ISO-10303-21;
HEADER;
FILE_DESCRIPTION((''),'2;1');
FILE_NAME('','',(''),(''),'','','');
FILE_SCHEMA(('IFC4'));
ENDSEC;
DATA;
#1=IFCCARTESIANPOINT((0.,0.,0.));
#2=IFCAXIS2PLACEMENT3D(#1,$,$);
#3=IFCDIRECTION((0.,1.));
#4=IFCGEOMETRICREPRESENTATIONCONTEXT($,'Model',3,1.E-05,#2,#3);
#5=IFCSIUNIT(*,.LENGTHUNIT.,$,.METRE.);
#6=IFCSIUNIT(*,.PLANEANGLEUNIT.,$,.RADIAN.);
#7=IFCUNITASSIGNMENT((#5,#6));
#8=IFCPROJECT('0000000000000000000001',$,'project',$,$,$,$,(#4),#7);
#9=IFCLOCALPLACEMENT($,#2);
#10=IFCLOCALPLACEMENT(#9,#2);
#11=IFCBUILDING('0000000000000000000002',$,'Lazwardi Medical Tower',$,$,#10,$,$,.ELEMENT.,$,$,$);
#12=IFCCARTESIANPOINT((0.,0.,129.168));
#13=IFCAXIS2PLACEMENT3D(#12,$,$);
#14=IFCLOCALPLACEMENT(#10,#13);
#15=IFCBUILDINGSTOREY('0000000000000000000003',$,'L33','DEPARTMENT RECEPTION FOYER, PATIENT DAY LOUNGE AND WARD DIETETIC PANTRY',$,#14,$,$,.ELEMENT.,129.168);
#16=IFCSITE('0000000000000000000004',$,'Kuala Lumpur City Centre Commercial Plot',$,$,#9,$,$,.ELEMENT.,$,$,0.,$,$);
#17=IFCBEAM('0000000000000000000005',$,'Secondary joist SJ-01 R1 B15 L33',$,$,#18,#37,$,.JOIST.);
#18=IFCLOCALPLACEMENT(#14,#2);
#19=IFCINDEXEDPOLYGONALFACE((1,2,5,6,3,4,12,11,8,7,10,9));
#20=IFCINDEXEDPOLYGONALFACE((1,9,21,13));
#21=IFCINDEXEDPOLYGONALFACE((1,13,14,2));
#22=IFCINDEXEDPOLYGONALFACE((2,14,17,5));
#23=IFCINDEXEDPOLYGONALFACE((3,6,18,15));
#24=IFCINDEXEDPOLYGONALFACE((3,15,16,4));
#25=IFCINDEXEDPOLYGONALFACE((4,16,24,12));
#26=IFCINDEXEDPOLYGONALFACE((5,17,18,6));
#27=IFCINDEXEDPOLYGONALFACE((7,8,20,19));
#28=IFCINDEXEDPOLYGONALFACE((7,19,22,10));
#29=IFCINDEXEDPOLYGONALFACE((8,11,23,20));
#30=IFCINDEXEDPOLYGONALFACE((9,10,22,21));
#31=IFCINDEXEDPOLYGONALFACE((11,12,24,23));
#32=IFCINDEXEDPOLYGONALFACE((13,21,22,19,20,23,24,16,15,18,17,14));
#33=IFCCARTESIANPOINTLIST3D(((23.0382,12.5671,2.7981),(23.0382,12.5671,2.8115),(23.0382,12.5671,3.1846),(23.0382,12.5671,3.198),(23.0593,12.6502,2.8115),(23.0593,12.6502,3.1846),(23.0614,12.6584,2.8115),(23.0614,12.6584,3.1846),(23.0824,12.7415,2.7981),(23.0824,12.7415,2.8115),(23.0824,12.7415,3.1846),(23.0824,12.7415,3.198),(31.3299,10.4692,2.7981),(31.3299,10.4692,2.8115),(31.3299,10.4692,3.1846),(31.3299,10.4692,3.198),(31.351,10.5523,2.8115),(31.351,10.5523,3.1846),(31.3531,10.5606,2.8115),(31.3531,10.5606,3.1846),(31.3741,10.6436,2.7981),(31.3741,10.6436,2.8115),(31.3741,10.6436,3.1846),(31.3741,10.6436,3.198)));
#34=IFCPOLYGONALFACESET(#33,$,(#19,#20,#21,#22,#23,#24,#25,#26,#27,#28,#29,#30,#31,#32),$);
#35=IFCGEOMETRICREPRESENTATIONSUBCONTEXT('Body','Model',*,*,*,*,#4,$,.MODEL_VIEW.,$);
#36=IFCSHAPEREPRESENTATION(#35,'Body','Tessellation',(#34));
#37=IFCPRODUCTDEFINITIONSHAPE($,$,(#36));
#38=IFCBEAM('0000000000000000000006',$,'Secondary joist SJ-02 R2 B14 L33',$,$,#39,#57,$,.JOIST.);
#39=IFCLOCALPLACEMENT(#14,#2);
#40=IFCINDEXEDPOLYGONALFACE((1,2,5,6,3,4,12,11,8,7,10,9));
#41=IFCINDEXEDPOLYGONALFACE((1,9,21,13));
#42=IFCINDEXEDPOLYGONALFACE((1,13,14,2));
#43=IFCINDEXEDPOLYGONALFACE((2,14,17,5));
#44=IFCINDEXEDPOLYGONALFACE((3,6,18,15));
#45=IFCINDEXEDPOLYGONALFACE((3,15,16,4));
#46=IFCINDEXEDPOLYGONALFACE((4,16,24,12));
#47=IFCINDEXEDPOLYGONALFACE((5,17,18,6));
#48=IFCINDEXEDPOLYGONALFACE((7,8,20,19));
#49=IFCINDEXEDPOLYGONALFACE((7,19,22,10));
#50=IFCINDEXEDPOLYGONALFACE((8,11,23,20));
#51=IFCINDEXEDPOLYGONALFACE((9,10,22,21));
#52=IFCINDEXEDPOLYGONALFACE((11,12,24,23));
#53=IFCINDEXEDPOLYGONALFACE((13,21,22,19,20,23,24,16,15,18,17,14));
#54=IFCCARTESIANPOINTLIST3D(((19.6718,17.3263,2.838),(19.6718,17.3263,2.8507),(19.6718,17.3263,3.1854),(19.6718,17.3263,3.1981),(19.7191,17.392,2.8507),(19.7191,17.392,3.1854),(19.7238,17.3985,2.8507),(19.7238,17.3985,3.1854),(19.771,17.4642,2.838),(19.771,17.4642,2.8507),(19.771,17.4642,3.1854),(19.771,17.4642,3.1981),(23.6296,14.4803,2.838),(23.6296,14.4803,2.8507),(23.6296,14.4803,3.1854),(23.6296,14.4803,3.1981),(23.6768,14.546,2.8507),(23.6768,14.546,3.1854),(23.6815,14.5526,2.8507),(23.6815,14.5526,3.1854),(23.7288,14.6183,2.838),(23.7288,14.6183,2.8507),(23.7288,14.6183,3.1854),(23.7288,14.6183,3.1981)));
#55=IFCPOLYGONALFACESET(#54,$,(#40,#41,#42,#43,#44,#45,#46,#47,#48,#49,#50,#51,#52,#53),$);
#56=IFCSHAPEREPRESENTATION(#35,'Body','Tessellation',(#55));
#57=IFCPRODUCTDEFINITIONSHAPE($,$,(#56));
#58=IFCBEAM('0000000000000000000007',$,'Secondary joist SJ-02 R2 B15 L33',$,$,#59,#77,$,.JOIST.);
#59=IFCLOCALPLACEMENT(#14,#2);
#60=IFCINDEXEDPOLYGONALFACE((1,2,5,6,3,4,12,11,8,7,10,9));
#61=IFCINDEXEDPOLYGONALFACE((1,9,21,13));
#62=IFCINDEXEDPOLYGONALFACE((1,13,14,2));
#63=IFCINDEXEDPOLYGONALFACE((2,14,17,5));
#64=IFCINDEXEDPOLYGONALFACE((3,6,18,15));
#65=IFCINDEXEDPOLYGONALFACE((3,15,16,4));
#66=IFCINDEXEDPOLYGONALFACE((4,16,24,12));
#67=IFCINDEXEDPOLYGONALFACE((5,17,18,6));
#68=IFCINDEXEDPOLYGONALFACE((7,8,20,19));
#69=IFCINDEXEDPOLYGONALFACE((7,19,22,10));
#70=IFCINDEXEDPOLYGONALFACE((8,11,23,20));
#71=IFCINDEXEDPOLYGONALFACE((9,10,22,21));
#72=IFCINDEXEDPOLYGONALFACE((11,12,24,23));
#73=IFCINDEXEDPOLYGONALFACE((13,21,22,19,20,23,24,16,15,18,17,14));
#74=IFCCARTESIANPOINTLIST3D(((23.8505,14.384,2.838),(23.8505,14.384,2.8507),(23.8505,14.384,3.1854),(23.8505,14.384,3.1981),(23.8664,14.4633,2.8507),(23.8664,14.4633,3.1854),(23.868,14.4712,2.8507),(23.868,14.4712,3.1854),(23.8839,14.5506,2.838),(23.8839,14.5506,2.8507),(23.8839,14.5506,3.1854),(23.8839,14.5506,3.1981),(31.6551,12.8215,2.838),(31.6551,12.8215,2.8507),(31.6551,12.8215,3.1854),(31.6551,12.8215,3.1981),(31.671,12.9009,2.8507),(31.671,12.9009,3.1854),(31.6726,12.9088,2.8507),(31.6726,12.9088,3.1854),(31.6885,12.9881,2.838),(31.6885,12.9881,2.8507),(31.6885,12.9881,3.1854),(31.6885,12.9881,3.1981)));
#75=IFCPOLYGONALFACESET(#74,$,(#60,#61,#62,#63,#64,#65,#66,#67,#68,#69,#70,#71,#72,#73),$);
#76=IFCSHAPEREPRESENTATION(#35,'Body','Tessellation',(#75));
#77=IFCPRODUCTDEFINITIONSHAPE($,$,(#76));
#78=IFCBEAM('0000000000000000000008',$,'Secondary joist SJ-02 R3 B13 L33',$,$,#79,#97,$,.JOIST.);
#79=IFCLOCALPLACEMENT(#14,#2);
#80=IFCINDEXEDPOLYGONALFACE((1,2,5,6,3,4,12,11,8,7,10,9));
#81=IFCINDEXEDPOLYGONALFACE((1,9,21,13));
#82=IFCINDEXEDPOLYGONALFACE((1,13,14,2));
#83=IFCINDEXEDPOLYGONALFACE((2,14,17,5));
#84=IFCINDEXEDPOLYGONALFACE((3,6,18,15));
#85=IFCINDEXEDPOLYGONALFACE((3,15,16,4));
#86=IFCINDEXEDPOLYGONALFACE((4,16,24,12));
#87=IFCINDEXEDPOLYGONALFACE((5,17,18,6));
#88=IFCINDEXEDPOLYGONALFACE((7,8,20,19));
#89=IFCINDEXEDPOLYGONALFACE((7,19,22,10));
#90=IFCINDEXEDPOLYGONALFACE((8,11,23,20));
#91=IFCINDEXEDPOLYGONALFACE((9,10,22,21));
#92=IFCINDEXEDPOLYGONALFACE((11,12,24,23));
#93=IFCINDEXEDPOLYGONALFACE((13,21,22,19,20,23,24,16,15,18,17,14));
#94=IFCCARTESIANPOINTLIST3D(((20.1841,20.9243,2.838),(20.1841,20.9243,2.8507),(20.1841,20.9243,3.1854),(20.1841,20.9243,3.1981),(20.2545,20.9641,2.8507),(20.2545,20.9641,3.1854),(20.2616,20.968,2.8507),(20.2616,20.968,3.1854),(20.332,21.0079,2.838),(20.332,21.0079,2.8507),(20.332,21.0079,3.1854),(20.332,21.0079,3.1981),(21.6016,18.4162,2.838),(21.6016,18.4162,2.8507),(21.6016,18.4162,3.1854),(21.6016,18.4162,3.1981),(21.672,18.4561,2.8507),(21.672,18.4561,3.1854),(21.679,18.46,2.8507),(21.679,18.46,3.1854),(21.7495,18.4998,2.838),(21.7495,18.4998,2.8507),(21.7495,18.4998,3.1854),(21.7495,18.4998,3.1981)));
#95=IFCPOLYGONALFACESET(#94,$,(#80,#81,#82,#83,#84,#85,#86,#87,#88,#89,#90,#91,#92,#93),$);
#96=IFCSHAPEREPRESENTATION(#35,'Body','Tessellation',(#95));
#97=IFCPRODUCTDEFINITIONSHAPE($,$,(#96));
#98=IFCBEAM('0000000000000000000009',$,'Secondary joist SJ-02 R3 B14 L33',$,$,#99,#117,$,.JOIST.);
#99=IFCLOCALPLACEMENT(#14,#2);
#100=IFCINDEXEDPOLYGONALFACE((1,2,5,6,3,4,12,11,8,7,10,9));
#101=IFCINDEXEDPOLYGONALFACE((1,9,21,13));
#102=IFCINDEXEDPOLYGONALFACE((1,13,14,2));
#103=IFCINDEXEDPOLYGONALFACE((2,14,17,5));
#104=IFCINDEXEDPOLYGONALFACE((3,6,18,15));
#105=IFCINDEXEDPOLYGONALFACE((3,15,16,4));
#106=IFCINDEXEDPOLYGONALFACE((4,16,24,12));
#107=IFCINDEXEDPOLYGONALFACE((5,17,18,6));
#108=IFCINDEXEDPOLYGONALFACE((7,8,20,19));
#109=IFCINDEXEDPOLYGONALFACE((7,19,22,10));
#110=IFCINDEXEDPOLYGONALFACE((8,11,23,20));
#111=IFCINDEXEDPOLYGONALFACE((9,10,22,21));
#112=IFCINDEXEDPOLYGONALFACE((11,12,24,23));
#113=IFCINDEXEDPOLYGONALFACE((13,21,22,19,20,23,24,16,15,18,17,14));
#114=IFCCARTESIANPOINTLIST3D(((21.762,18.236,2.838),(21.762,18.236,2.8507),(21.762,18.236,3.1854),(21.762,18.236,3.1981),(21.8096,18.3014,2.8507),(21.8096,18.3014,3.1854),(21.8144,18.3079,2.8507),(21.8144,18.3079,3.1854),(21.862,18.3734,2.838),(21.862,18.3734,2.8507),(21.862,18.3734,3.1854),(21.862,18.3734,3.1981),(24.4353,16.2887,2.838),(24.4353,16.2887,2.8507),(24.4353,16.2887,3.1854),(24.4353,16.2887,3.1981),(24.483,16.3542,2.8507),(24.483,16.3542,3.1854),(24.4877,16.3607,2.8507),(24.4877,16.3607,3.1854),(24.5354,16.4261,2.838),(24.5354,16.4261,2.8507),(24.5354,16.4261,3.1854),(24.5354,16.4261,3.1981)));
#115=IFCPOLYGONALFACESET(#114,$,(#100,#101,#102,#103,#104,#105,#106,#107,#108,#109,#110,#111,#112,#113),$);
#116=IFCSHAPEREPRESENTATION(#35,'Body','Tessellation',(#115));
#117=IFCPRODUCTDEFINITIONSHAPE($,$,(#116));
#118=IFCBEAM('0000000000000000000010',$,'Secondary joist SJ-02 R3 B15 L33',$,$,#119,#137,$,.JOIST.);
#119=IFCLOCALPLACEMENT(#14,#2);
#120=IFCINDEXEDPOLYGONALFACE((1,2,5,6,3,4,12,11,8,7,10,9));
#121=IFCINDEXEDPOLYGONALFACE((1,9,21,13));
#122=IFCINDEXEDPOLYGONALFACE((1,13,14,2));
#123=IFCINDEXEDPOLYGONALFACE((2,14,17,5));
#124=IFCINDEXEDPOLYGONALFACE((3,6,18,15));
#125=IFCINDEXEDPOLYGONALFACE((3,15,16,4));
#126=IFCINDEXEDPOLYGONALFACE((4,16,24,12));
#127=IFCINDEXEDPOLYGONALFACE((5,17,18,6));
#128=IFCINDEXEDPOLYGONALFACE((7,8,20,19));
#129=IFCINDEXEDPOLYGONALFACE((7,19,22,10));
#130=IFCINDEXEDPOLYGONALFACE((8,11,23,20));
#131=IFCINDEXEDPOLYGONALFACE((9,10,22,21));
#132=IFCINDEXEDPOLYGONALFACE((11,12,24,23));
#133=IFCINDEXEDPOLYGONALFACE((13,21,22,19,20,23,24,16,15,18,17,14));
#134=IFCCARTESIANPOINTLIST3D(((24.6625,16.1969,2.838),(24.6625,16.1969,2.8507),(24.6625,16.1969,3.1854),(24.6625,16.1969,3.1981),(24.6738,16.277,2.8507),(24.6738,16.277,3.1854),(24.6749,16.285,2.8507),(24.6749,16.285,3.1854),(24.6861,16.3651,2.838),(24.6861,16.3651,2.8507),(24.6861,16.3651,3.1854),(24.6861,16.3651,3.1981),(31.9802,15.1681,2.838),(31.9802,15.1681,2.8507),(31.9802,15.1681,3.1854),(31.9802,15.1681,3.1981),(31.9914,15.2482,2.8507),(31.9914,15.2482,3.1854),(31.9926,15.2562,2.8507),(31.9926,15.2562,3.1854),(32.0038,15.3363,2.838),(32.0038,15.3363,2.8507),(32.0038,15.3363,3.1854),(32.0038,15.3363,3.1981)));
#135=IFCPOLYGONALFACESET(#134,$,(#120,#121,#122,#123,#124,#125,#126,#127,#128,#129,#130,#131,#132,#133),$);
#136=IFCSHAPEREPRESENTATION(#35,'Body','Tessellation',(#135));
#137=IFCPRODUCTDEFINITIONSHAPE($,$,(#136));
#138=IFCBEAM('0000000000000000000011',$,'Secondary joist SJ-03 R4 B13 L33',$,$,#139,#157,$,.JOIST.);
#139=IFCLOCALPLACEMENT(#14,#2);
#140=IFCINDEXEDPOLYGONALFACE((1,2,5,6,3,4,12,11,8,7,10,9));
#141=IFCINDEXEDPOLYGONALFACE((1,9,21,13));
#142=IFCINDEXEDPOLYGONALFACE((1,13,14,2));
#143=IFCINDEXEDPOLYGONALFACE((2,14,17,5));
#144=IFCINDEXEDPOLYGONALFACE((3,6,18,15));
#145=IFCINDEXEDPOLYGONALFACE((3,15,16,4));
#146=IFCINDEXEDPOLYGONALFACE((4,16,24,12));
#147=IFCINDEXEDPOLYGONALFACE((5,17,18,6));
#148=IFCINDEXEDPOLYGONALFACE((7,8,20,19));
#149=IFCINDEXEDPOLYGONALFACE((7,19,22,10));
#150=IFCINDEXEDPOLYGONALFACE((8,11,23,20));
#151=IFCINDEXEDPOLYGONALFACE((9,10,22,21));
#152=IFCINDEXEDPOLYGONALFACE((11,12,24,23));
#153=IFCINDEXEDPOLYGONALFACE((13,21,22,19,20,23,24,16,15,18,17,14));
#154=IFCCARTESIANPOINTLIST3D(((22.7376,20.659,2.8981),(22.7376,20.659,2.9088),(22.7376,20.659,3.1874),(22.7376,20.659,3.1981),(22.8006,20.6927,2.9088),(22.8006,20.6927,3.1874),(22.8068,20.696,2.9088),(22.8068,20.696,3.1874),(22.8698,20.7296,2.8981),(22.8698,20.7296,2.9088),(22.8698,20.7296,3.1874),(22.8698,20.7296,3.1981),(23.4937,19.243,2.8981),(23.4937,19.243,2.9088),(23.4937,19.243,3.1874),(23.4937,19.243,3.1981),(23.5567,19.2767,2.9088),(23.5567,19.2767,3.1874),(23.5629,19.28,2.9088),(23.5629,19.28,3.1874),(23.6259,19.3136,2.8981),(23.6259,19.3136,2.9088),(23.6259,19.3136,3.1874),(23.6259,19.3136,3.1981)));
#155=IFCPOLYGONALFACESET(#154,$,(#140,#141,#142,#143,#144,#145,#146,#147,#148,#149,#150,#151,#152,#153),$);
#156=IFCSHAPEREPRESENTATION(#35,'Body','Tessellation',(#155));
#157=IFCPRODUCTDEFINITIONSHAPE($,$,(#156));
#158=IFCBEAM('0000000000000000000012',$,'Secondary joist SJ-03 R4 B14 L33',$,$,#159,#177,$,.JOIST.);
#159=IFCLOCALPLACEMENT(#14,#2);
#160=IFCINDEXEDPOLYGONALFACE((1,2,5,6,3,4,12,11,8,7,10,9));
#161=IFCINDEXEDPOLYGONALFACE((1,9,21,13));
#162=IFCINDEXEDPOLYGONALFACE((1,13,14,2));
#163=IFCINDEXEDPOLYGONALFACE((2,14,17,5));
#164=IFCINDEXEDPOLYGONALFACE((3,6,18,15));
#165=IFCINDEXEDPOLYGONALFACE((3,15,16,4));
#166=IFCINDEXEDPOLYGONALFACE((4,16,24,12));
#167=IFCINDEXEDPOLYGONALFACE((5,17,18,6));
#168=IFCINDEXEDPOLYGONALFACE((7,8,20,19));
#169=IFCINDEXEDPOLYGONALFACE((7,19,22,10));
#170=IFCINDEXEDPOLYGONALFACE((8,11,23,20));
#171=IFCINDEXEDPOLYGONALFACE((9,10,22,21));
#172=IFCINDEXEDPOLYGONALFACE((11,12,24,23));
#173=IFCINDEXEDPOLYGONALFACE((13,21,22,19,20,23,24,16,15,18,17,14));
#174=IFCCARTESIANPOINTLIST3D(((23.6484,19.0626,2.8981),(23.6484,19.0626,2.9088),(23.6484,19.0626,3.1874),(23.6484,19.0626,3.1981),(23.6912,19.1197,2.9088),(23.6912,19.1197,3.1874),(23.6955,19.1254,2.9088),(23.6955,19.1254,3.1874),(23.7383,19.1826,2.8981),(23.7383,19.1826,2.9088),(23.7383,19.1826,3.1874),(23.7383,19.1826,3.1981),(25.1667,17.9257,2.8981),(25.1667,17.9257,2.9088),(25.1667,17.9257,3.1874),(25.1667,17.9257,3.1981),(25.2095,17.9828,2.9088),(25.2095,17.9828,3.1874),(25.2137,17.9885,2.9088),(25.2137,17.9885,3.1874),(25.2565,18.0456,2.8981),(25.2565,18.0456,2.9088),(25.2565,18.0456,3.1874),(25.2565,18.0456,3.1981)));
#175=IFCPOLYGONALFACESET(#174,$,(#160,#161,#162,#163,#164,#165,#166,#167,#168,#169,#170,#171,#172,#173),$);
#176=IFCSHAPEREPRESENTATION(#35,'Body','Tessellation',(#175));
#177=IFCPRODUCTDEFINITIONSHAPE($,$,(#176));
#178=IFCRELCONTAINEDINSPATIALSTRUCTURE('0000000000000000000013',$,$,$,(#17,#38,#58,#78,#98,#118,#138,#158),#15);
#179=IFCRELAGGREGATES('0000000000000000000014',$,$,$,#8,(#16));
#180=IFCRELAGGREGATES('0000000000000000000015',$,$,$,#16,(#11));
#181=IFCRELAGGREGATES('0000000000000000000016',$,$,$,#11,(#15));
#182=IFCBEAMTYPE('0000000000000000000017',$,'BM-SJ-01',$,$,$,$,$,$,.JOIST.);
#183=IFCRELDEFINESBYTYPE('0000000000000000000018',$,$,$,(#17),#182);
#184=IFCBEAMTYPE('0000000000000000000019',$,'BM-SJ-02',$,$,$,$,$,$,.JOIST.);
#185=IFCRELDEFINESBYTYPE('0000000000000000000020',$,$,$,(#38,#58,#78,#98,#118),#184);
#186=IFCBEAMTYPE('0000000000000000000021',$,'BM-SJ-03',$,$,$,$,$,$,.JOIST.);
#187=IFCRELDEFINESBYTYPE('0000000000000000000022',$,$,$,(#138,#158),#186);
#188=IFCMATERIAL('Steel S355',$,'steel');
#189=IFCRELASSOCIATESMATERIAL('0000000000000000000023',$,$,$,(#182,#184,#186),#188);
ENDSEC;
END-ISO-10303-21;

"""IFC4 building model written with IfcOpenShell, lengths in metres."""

from ifc_helpers import new_model, si_unit, direction, frame, origin, origin_2d, place, context, subcontext, project, spatial, i_section, extrude, material, material_profile, profile_set, type_object, element, save


model = new_model("IFC4")

# Units and contexts
model_context = context("Model", 3, precision=1e-05, world=origin(), true_north=direction((0.0, 1.0)))
body_context = subcontext(model_context, "Body", "Model", "MODEL_VIEW")
ifc_project = project(units=[si_unit("LENGTHUNIT", "METRE"), si_unit("PLANEANGLEUNIT", "RADIAN")], contexts=[model_context])

# Site, building, storey
site_placement = place(None, origin())
site = spatial("IfcSite", under=ifc_project, at=site_placement, Name="Kuala Lumpur City Centre Commercial Plot", CompositionType="ELEMENT", RefElevation=0.0)
building_placement = place(site_placement, origin())
building = spatial("IfcBuilding", under=site, at=building_placement, Name="Lazwardi Medical Tower", CompositionType="ELEMENT")
storey_placement = place(building_placement, frame((0.0, 0.0, 129.168)))
storey = spatial("IfcBuildingStorey", under=building, at=storey_placement, Name="L33", Description="DEPARTMENT RECEPTION FOYER, PATIENT DAY LOUNGE AND WARD DIETETIC PANTRY", CompositionType="ELEMENT", Elevation=129.168)

# Beams
ifc_material_1 = material(Name="Steel S355", Category="steel")
ifc_material_profile_1 = material_profile(ifc_material_1, i_section(OverallWidth=0.1799, OverallDepth=0.3999, WebThickness=0.0085, FlangeThickness=0.0134, at=origin_2d()), Name="IPE 400")
ifc_profile_set_1 = profile_set([ifc_material_profile_1], Name="Steel S355")
beam_type_1 = type_object("IfcBeamType", Name="BM-SJ-01", PredefinedType="JOIST", material=ifc_profile_set_1)
beam_1_placement = place(storey_placement, frame((23.0603, 12.6543, 2.998), z_axis=(0.969452, -0.245282, 0.0), x_axis=(0.245282, 0.969452, 0.0)))
element("IfcBeam", 1, at=beam_1_placement, inside=storey, type_object=beam_type_1, Name="Secondary joist SJ-01 R1 B15 L33", PredefinedType="JOIST", context=body_context, shape_type="SweptSolid", body=[
    extrude(i_section(OverallWidth=0.1799, OverallDepth=0.3999, WebThickness=0.0085, FlangeThickness=0.0134, at=origin_2d()), origin(), (0.0, 0.0, 1.0), 8.553),
])
ifc_material_profile_2 = material_profile(ifc_material_1, i_section(OverallWidth=0.1699, OverallDepth=0.3601, WebThickness=0.0081, FlangeThickness=0.0127, at=origin_2d()), Name="IPE 360")
ifc_profile_set_2 = profile_set([ifc_material_profile_2], Name="Steel S355")
beam_type_2 = type_object("IfcBeamType", Name="BM-SJ-02", PredefinedType="JOIST", material=ifc_profile_set_2)
beam_2_placement = place(storey_placement, frame((19.7214, 17.3953, 3.0181), z_axis=(0.811889, -0.583813, 0.0), x_axis=(0.583813, 0.811889, 0.0)))
element("IfcBeam", 2, at=beam_2_placement, inside=storey, type_object=beam_type_2, Name="Secondary joist SJ-02 R2 B14 L33", PredefinedType="JOIST", context=body_context, shape_type="SweptSolid", body=[
    extrude(i_section(OverallWidth=0.1699, OverallDepth=0.3601, WebThickness=0.0081, FlangeThickness=0.0127, at=origin_2d()), origin(), (0.0, 0.0, 1.0), 4.8748),
])
beam_3_placement = place(storey_placement, frame((23.8672, 14.4673, 3.0181), z_axis=(0.980543, -0.196305, 0.0), x_axis=(0.196305, 0.980543, 0.0)))
element("IfcBeam", 3, at=beam_3_placement, inside=storey, type_object=beam_type_2, Name="Secondary joist SJ-02 R2 B15 L33", PredefinedType="JOIST", context=body_context, shape_type="SweptSolid", body=[
    extrude(i_section(OverallWidth=0.1699, OverallDepth=0.3601, WebThickness=0.0081, FlangeThickness=0.0127, at=origin_2d()), origin(), (0.0, 0.0, 1.0), 7.9595),
])
beam_4_placement = place(storey_placement, frame((20.2581, 20.9661, 3.0181), z_axis=(0.492027, -0.87058, 0.0), x_axis=(0.87058, 0.492027, 0.0)))
element("IfcBeam", 4, at=beam_4_placement, inside=storey, type_object=beam_type_2, Name="Secondary joist SJ-02 R3 B13 L33", PredefinedType="JOIST", context=body_context, shape_type="SweptSolid", body=[
    extrude(i_section(OverallWidth=0.1699, OverallDepth=0.3601, WebThickness=0.0081, FlangeThickness=0.0127, at=origin_2d()), origin(), (0.0, 0.0, 1.0), 2.8809),
])
beam_5_placement = place(storey_placement, frame((21.812, 18.3047, 3.0181), z_axis=(0.808302, -0.588768, 0.0), x_axis=(0.588768, 0.808302, 0.0)))
element("IfcBeam", 5, at=beam_5_placement, inside=storey, type_object=beam_type_2, Name="Secondary joist SJ-02 R3 B14 L33", PredefinedType="JOIST", context=body_context, shape_type="SweptSolid", body=[
    extrude(i_section(OverallWidth=0.1699, OverallDepth=0.3601, WebThickness=0.0081, FlangeThickness=0.0127, at=origin_2d()), origin(), (0.0, 0.0, 1.0), 3.3074),
])
beam_6_placement = place(storey_placement, frame((24.6743, 16.281, 3.0181), z_axis=(0.990261, -0.139224, 0.0), x_axis=(0.139224, 0.990261, 0.0)))
element("IfcBeam", 6, at=beam_6_placement, inside=storey, type_object=beam_type_2, Name="Secondary joist SJ-02 R3 B15 L33", PredefinedType="JOIST", context=body_context, shape_type="SweptSolid", body=[
    extrude(i_section(OverallWidth=0.1699, OverallDepth=0.3601, WebThickness=0.0081, FlangeThickness=0.0127, at=origin_2d()), origin(), (0.0, 0.0, 1.0), 7.3896),
])
ifc_material_profile_3 = material_profile(ifc_material_1, i_section(OverallWidth=0.1499, OverallDepth=0.3, WebThickness=0.0071, FlangeThickness=0.0107, at=origin_2d()), Name="IPE 300")
ifc_profile_set_3 = profile_set([ifc_material_profile_3], Name="Steel S355")
beam_type_3 = type_object("IfcBeamType", Name="BM-SJ-03", PredefinedType="JOIST", material=ifc_profile_set_3)
beam_7_placement = place(storey_placement, frame((22.8037, 20.6943, 3.0481), z_axis=(0.471022, -0.882121, 0.0), x_axis=(0.882121, 0.471022, 0.0)))
element("IfcBeam", 7, at=beam_7_placement, inside=storey, type_object=beam_type_3, Name="Secondary joist SJ-03 R4 B13 L33", PredefinedType="JOIST", context=body_context, shape_type="SweptSolid", body=[
    extrude(i_section(OverallWidth=0.1499, OverallDepth=0.3, WebThickness=0.0071, FlangeThickness=0.0107, at=origin_2d()), origin(), (0.0, 0.0, 1.0), 1.6052),
])
beam_8_placement = place(storey_placement, frame((23.6934, 19.1226, 3.0481), z_axis=(0.800448, -0.599403, 0.0), x_axis=(0.599403, 0.800448, 0.0)))
element("IfcBeam", 8, at=beam_8_placement, inside=storey, type_object=beam_type_3, Name="Secondary joist SJ-03 R4 B14 L33", PredefinedType="JOIST", context=body_context, shape_type="SweptSolid", body=[
    extrude(i_section(OverallWidth=0.1499, OverallDepth=0.3, WebThickness=0.0071, FlangeThickness=0.0107, at=origin_2d()), origin(), (0.0, 0.0, 1.0), 1.8967),
])

save(model, "model.ifc")
